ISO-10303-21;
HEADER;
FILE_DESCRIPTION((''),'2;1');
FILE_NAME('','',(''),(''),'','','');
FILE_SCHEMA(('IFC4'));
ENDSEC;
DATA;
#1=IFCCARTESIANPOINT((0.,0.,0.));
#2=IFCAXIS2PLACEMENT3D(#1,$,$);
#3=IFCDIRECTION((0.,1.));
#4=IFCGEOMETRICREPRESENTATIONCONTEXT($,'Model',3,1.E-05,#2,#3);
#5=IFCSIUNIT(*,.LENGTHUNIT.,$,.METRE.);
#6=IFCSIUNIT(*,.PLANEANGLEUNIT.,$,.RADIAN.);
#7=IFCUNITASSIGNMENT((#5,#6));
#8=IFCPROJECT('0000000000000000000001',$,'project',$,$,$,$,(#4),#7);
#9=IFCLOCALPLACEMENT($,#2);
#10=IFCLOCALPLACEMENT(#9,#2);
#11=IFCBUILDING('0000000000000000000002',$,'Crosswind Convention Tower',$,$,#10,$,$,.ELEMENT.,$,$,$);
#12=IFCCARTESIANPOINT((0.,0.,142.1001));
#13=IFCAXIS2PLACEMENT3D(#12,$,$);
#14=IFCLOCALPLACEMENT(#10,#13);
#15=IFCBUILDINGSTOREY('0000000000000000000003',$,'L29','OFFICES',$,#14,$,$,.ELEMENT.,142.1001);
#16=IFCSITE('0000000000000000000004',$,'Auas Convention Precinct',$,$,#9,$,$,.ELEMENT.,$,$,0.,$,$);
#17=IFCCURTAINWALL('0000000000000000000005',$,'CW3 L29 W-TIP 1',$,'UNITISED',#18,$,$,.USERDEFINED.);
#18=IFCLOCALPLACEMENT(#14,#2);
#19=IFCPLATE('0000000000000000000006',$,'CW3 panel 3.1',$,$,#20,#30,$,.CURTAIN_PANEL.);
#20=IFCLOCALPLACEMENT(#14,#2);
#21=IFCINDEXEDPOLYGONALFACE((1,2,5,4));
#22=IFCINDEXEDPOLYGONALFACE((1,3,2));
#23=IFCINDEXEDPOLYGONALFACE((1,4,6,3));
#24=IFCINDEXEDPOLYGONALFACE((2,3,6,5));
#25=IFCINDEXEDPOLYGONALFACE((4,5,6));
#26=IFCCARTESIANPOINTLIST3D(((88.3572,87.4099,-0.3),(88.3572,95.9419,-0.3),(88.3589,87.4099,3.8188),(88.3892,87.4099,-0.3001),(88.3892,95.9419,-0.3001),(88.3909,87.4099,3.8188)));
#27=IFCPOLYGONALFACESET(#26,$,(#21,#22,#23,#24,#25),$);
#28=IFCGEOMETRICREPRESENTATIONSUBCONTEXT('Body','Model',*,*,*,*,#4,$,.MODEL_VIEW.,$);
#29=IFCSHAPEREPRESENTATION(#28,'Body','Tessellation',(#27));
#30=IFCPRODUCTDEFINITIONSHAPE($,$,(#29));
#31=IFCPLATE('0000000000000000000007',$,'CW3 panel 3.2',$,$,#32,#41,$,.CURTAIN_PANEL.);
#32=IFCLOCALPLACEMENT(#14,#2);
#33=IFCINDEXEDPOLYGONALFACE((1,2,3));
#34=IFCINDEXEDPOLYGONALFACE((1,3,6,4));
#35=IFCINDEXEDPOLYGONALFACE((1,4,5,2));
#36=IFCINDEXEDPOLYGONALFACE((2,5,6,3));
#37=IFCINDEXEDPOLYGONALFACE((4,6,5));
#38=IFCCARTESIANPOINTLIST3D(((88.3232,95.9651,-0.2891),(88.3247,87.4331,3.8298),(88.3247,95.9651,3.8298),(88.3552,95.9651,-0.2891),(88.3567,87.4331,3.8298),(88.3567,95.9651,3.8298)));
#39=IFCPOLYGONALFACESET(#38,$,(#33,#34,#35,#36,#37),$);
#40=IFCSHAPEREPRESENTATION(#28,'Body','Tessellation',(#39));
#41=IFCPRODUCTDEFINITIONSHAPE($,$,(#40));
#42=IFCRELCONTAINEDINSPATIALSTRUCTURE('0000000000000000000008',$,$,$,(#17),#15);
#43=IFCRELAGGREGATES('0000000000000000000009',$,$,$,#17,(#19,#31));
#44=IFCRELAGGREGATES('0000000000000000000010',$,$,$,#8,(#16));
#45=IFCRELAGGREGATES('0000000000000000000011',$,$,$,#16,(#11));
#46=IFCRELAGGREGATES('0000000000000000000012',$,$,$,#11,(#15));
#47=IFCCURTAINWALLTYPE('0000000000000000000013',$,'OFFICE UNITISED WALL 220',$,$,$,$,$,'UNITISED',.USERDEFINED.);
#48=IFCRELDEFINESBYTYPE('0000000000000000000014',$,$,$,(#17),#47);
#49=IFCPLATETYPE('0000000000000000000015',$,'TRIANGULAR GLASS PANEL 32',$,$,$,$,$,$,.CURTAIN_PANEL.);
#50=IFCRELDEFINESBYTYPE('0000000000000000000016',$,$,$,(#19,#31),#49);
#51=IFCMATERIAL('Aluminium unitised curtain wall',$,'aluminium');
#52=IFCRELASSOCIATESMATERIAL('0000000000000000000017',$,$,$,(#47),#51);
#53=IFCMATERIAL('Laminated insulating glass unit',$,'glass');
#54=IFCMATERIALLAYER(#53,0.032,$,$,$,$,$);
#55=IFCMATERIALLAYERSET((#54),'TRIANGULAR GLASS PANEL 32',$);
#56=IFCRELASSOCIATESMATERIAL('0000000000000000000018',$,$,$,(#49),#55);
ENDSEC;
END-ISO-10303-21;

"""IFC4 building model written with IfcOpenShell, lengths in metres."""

from ifc_helpers import new_model, si_unit, direction, frame, origin, place, context, subcontext, project, spatial, polyline, outline, extrude, material, layer, layer_set, type_object, element, aggregate, save


model = new_model("IFC4")

# Units and contexts
model_context = context("Model", 3, precision=1e-05, world=origin(), true_north=direction((0.0, 1.0)))
body_context = subcontext(model_context, "Body", "Model", "MODEL_VIEW")
ifc_project = project(units=[si_unit("LENGTHUNIT", "METRE"), si_unit("PLANEANGLEUNIT", "RADIAN")], contexts=[model_context])

# Site, building, storey
site_placement = place(None, origin())
site = spatial("IfcSite", under=ifc_project, at=site_placement, Name="Auas Convention Precinct", CompositionType="ELEMENT", RefElevation=0.0)
building_placement = place(site_placement, origin())
building = spatial("IfcBuilding", under=site, at=building_placement, Name="Crosswind Convention Tower", CompositionType="ELEMENT")
storey_placement = place(building_placement, frame((0.0, 0.0, 142.1001)))
storey = spatial("IfcBuildingStorey", under=building, at=storey_placement, Name="L29", Description="OFFICES", CompositionType="ELEMENT", Elevation=142.1001)

# Shared definitions
ifc_material_1 = material(Name="Aluminium unitised curtain wall", Category="aluminium")

# Curtain wall
curtain_wall_type_1 = type_object("IfcCurtainWallType", Name="OFFICE UNITISED WALL 220", ElementType="UNITISED", PredefinedType="USERDEFINED", material=ifc_material_1)
curtain_wall_1_placement = place(storey_placement, origin())
curtain_wall_1 = element("IfcCurtainWall", 1, at=curtain_wall_1_placement, inside=storey, type_object=curtain_wall_type_1, Name="CW3 L29 W-TIP 1", ObjectType="UNITISED", PredefinedType="USERDEFINED")

# Plates
ifc_material_2 = material(Name="Laminated insulating glass unit", Category="glass")
ifc_layer_1 = layer(ifc_material_2, 0.032)
ifc_layer_set_1 = layer_set([ifc_layer_1], Name="TRIANGULAR GLASS PANEL 32")
plate_type_1 = type_object("IfcPlateType", Name="TRIANGULAR GLASS PANEL 32", PredefinedType="CURTAIN_PANEL", material=ifc_layer_set_1)
plate_1_placement = place(storey_placement, frame((88.3572, 87.4099, -0.3), z_axis=(-1.0, 0.0, 0.000415), x_axis=(0.000415, 0.0, 1.0)))
plate_1 = element("IfcPlate", 2, at=plate_1_placement, type_object=plate_type_1, Name="CW3 panel 3.1", PredefinedType="CURTAIN_PANEL", context=body_context, shape_type="SweptSolid", body=[
    extrude(outline(polyline([(0.0, 0.0), (4.1189, 0.0), (0.0, 8.532), (0.0, 0.0)])), origin(), (0.0, 0.0, -1.0), 0.032),
])
plate_2_placement = place(storey_placement, frame((88.3247, 95.9651, 3.8298), z_axis=(-1.0, 0.0, 0.000356), x_axis=(-0.000356, 0.0, -1.0)))
plate_2 = element("IfcPlate", 3, at=plate_2_placement, type_object=plate_type_1, Name="CW3 panel 3.2", PredefinedType="CURTAIN_PANEL", context=body_context, shape_type="SweptSolid", body=[
    extrude(outline(polyline([(0.0, 0.0), (4.1189, 0.0), (0.0, 8.532), (0.0, 0.0)])), origin(), (0.0, 0.0, -1.0), 0.032),
])
aggregate(curtain_wall_1, [plate_1, plate_2])

save(model, "model.ifc")
